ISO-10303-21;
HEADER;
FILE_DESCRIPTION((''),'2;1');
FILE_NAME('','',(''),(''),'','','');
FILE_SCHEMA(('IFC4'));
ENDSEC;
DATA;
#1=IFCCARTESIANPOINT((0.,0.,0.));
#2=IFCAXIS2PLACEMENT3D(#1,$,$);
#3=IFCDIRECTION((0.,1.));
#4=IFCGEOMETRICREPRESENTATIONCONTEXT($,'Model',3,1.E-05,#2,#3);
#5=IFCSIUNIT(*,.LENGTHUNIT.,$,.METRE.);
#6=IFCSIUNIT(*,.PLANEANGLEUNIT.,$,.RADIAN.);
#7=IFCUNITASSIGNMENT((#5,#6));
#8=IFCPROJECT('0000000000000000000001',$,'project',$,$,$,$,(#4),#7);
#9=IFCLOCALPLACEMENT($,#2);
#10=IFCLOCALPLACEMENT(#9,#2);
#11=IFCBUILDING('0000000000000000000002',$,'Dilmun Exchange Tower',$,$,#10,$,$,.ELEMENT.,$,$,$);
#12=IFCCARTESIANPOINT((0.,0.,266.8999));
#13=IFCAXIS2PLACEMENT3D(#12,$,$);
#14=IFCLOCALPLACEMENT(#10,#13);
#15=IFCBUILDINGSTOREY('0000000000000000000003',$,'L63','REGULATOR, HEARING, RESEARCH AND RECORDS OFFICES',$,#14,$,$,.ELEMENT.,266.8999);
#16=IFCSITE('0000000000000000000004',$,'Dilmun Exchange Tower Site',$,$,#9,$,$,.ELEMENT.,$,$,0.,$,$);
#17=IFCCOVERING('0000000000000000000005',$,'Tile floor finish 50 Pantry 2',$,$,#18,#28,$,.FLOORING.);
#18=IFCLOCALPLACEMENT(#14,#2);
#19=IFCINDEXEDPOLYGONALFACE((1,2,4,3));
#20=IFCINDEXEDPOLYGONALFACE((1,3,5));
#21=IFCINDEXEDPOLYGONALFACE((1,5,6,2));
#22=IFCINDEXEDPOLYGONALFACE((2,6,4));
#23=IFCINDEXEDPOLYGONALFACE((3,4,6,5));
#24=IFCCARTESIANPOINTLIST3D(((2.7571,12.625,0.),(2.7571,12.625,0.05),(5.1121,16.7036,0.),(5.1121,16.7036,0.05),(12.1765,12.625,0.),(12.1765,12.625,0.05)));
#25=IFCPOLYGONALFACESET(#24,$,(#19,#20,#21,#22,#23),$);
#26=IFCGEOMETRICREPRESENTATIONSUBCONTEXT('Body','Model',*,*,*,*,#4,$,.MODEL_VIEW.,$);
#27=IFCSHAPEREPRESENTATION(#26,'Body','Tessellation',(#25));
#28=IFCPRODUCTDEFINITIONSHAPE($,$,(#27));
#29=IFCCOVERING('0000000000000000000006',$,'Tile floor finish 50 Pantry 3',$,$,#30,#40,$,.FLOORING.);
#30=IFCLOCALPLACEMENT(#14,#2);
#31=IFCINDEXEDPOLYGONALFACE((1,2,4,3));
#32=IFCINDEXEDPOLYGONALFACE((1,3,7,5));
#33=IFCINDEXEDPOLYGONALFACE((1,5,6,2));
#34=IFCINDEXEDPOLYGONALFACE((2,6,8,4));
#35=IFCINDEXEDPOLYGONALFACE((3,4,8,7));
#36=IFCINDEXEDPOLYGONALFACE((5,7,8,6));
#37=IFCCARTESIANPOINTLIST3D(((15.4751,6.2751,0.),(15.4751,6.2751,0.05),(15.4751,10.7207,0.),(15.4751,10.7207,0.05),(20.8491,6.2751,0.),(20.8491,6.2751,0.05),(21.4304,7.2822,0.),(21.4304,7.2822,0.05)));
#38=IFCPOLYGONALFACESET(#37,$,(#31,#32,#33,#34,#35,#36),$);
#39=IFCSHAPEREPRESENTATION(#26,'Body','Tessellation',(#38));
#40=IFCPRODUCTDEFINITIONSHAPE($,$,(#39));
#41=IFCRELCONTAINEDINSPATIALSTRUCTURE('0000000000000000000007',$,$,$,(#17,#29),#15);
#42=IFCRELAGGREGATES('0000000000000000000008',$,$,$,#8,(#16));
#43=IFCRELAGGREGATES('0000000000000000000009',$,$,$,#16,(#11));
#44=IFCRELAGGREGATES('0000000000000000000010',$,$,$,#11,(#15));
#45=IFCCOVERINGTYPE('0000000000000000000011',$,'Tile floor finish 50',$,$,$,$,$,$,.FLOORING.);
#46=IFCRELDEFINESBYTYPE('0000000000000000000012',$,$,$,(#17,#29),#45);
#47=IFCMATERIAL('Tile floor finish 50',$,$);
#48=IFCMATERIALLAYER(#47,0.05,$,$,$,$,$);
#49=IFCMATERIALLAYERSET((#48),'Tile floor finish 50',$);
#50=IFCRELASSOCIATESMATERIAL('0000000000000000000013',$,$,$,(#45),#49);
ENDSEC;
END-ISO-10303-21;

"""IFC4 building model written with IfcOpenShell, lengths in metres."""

from ifc_helpers import new_model, si_unit, direction, frame, origin, place, context, subcontext, project, spatial, polyline, outline, extrude, material, layer, layer_set, type_object, element, save


model = new_model("IFC4")

# Units and contexts
model_context = context("Model", 3, precision=1e-05, world=origin(), true_north=direction((0.0, 1.0)))
body_context = subcontext(model_context, "Body", "Model", "MODEL_VIEW")
ifc_project = project(units=[si_unit("LENGTHUNIT", "METRE"), si_unit("PLANEANGLEUNIT", "RADIAN")], contexts=[model_context])

# Site, building, storey
site_placement = place(None, origin())
site = spatial("IfcSite", under=ifc_project, at=site_placement, Name="Dilmun Exchange Tower Site", CompositionType="ELEMENT", RefElevation=0.0)
building_placement = place(site_placement, origin())
building = spatial("IfcBuilding", under=site, at=building_placement, Name="Dilmun Exchange Tower", CompositionType="ELEMENT")
storey_placement = place(building_placement, frame((0.0, 0.0, 266.8999)))
storey = spatial("IfcBuildingStorey", under=building, at=storey_placement, Name="L63", Description="REGULATOR, HEARING, RESEARCH AND RECORDS OFFICES", CompositionType="ELEMENT", Elevation=266.8999)

# Coverings
ifc_material_1 = material(Name="Tile floor finish 50")
ifc_layer_1 = layer(ifc_material_1, 0.05)
ifc_layer_set_1 = layer_set([ifc_layer_1], Name="Tile floor finish 50")
covering_type_1 = type_object("IfcCoveringType", Name="Tile floor finish 50", PredefinedType="FLOORING", material=ifc_layer_set_1)
covering_1_placement = place(storey_placement, origin())
element("IfcCovering", 1, at=covering_1_placement, inside=storey, type_object=covering_type_1, Name="Tile floor finish 50 Pantry 2", PredefinedType="FLOORING", context=body_context, shape_type="SweptSolid", body=[
    extrude(outline(polyline([(12.1765, 12.625), (2.7571, 12.625), (5.1121, 16.7036), (12.1765, 12.625)])), origin(), (0.0, 0.0, 1.0), 0.05),
])
covering_2_placement = place(storey_placement, origin())
element("IfcCovering", 2, at=covering_2_placement, inside=storey, type_object=covering_type_1, Name="Tile floor finish 50 Pantry 3", PredefinedType="FLOORING", context=body_context, shape_type="SweptSolid", body=[
    extrude(outline(polyline([(21.4304, 7.2822), (20.8491, 6.2751), (15.4751, 6.2751), (15.4751, 10.7207), (21.4304, 7.2822)])), origin(), (0.0, 0.0, 1.0), 0.05),
])

save(model, "model.ifc")
